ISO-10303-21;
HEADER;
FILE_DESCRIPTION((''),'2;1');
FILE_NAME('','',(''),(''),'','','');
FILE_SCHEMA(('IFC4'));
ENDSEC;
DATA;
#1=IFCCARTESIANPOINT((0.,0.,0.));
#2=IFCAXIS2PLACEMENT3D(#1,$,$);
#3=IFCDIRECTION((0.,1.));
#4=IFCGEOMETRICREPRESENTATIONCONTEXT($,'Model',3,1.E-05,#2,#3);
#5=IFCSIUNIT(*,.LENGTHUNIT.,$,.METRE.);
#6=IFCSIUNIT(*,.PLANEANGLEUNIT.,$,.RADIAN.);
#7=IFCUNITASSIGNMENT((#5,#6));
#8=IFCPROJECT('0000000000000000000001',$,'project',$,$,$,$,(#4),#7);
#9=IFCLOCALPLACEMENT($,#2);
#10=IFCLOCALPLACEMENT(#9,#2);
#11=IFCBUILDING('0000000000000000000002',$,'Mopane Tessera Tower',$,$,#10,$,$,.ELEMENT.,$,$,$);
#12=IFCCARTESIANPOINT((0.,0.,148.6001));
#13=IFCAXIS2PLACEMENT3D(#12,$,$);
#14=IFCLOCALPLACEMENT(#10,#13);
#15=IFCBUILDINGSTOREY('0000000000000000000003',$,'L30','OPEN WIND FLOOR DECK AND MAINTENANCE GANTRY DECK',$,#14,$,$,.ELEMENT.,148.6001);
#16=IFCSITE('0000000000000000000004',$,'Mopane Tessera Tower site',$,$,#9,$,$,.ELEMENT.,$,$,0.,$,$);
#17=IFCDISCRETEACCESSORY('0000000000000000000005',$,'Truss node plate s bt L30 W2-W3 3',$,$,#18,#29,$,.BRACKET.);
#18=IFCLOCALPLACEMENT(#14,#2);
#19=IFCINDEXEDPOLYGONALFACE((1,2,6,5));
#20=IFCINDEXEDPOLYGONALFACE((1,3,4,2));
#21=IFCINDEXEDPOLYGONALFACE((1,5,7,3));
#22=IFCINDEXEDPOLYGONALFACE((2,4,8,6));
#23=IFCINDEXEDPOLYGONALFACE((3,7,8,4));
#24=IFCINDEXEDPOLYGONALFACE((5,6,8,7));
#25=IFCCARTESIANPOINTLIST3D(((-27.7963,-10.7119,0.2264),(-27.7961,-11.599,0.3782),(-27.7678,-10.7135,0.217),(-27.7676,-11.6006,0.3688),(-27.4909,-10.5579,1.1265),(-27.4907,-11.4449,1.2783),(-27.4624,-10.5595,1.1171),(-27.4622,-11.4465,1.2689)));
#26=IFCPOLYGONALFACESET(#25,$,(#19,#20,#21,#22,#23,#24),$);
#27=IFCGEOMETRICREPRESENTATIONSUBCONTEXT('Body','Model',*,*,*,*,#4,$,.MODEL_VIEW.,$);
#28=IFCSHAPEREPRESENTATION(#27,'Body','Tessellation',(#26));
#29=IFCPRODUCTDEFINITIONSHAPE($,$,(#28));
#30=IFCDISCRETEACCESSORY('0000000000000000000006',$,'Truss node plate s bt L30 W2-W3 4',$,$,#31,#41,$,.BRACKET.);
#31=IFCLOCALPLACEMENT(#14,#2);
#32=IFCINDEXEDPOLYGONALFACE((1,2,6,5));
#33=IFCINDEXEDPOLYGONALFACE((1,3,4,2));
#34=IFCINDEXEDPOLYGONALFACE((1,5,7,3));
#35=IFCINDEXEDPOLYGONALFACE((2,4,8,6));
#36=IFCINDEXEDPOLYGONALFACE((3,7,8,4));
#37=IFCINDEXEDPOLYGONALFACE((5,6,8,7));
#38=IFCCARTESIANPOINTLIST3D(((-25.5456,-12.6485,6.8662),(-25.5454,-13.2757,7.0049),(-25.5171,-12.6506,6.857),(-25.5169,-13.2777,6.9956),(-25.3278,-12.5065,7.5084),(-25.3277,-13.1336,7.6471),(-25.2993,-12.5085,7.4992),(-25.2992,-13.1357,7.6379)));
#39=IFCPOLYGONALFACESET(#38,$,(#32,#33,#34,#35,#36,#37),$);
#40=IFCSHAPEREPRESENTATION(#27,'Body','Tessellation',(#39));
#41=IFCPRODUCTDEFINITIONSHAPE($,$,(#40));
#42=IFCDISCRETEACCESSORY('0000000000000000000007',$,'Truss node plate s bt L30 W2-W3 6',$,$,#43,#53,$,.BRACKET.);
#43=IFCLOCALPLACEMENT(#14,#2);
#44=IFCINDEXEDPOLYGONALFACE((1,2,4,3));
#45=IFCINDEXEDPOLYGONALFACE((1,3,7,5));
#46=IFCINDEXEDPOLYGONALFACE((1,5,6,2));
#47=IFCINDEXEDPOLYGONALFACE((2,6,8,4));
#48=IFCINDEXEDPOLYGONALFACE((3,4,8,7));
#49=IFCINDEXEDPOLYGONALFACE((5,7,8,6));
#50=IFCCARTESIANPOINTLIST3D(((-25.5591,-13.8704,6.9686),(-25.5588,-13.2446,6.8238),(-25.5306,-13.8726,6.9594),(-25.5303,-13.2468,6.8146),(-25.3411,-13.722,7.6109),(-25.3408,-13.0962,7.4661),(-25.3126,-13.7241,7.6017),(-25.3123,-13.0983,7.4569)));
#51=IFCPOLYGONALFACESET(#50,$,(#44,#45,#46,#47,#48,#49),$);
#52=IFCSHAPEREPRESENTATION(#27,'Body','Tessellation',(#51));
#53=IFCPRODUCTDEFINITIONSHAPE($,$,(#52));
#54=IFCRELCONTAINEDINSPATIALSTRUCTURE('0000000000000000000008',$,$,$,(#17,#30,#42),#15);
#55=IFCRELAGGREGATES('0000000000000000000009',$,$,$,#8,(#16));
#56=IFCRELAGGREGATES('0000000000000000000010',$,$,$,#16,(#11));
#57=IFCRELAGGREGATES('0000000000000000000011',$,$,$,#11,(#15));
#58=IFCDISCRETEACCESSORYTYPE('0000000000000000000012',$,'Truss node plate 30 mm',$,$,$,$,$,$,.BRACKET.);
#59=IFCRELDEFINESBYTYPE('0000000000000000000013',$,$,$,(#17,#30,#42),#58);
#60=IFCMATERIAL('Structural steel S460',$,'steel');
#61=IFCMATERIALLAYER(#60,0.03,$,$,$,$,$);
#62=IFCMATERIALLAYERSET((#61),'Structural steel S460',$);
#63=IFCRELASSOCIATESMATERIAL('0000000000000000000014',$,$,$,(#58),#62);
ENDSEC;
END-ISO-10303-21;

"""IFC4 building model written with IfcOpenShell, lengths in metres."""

from ifc_helpers import new_model, si_unit, direction, frame, origin, origin_2d, place, context, subcontext, project, spatial, rectangle, extrude, material, layer, layer_set, type_object, element, save


model = new_model("IFC4")

# Units and contexts
model_context = context("Model", 3, precision=1e-05, world=origin(), true_north=direction((0.0, 1.0)))
body_context = subcontext(model_context, "Body", "Model", "MODEL_VIEW")
ifc_project = project(units=[si_unit("LENGTHUNIT", "METRE"), si_unit("PLANEANGLEUNIT", "RADIAN")], contexts=[model_context])

# Site, building, storey
site_placement = place(None, origin())
site = spatial("IfcSite", under=ifc_project, at=site_placement, Name="Mopane Tessera Tower site", CompositionType="ELEMENT", RefElevation=0.0)
building_placement = place(site_placement, origin())
building = spatial("IfcBuilding", under=site, at=building_placement, Name="Mopane Tessera Tower", CompositionType="ELEMENT")
storey_placement = place(building_placement, frame((0.0, 0.0, 148.6001)))
storey = spatial("IfcBuildingStorey", under=building, at=storey_placement, Name="L30", Description="OPEN WIND FLOOR DECK AND MAINTENANCE GANTRY DECK", CompositionType="ELEMENT", Elevation=148.6001)

# Discrete accessories
ifc_material_1 = material(Name="Structural steel S460", Category="steel")
ifc_layer_1 = layer(ifc_material_1, 0.03)
ifc_layer_set_1 = layer_set([ifc_layer_1], Name="Structural steel S460")
discrete_accessory_type = type_object("IfcDiscreteAccessoryType", Name="Truss node plate 30 mm", PredefinedType="BRACKET", material=ifc_layer_set_1)
discrete_accessory_1_placement = place(storey_placement, frame((-27.782, -11.1562, 0.2976), z_axis=(0.31717, 0.15998, 0.934778), x_axis=(0.948369, -0.05326, -0.312667)))
element("IfcDiscreteAccessory", 1, at=discrete_accessory_1_placement, inside=storey, type_object=discrete_accessory_type, Name="Truss node plate s bt L30 W2-W3 3", PredefinedType="BRACKET", context=body_context, shape_type="SweptSolid", body=[
    extrude(rectangle(XDim=0.03, YDim=0.8999, at=origin_2d()), origin(), (0.0, 0.0, 1.0), 0.9629),
])
discrete_accessory_2_placement = place(storey_placement, frame((-25.5312, -12.9631, 6.9309), z_axis=(0.314261, 0.205045, 0.926929), x_axis=(0.949337, -0.067647, -0.306894)))
element("IfcDiscreteAccessory", 2, at=discrete_accessory_2_placement, inside=storey, type_object=discrete_accessory_type, Name="Truss node plate s bt L30 W2-W3 4", PredefinedType="BRACKET", context=body_context, shape_type="SweptSolid", body=[
    extrude(rectangle(XDim=0.03, YDim=0.6423, at=origin_2d()), origin(), (0.0, 0.0, 1.0), 0.6929),
])
discrete_accessory_3_placement = place(storey_placement, frame((-25.5447, -13.5586, 6.8916), z_axis=(0.313976, 0.213771, 0.925052), x_axis=(0.949431, -0.071197, -0.305798)))
element("IfcDiscreteAccessory", 3, at=discrete_accessory_3_placement, inside=storey, type_object=discrete_accessory_type, Name="Truss node plate s bt L30 W2-W3 6", PredefinedType="BRACKET", context=body_context, shape_type="SweptSolid", body=[
    extrude(rectangle(XDim=0.03, YDim=0.6423, at=origin_2d()), origin(), (0.0, 0.0, 1.0), 0.6943),
])

save(model, "model.ifc")
